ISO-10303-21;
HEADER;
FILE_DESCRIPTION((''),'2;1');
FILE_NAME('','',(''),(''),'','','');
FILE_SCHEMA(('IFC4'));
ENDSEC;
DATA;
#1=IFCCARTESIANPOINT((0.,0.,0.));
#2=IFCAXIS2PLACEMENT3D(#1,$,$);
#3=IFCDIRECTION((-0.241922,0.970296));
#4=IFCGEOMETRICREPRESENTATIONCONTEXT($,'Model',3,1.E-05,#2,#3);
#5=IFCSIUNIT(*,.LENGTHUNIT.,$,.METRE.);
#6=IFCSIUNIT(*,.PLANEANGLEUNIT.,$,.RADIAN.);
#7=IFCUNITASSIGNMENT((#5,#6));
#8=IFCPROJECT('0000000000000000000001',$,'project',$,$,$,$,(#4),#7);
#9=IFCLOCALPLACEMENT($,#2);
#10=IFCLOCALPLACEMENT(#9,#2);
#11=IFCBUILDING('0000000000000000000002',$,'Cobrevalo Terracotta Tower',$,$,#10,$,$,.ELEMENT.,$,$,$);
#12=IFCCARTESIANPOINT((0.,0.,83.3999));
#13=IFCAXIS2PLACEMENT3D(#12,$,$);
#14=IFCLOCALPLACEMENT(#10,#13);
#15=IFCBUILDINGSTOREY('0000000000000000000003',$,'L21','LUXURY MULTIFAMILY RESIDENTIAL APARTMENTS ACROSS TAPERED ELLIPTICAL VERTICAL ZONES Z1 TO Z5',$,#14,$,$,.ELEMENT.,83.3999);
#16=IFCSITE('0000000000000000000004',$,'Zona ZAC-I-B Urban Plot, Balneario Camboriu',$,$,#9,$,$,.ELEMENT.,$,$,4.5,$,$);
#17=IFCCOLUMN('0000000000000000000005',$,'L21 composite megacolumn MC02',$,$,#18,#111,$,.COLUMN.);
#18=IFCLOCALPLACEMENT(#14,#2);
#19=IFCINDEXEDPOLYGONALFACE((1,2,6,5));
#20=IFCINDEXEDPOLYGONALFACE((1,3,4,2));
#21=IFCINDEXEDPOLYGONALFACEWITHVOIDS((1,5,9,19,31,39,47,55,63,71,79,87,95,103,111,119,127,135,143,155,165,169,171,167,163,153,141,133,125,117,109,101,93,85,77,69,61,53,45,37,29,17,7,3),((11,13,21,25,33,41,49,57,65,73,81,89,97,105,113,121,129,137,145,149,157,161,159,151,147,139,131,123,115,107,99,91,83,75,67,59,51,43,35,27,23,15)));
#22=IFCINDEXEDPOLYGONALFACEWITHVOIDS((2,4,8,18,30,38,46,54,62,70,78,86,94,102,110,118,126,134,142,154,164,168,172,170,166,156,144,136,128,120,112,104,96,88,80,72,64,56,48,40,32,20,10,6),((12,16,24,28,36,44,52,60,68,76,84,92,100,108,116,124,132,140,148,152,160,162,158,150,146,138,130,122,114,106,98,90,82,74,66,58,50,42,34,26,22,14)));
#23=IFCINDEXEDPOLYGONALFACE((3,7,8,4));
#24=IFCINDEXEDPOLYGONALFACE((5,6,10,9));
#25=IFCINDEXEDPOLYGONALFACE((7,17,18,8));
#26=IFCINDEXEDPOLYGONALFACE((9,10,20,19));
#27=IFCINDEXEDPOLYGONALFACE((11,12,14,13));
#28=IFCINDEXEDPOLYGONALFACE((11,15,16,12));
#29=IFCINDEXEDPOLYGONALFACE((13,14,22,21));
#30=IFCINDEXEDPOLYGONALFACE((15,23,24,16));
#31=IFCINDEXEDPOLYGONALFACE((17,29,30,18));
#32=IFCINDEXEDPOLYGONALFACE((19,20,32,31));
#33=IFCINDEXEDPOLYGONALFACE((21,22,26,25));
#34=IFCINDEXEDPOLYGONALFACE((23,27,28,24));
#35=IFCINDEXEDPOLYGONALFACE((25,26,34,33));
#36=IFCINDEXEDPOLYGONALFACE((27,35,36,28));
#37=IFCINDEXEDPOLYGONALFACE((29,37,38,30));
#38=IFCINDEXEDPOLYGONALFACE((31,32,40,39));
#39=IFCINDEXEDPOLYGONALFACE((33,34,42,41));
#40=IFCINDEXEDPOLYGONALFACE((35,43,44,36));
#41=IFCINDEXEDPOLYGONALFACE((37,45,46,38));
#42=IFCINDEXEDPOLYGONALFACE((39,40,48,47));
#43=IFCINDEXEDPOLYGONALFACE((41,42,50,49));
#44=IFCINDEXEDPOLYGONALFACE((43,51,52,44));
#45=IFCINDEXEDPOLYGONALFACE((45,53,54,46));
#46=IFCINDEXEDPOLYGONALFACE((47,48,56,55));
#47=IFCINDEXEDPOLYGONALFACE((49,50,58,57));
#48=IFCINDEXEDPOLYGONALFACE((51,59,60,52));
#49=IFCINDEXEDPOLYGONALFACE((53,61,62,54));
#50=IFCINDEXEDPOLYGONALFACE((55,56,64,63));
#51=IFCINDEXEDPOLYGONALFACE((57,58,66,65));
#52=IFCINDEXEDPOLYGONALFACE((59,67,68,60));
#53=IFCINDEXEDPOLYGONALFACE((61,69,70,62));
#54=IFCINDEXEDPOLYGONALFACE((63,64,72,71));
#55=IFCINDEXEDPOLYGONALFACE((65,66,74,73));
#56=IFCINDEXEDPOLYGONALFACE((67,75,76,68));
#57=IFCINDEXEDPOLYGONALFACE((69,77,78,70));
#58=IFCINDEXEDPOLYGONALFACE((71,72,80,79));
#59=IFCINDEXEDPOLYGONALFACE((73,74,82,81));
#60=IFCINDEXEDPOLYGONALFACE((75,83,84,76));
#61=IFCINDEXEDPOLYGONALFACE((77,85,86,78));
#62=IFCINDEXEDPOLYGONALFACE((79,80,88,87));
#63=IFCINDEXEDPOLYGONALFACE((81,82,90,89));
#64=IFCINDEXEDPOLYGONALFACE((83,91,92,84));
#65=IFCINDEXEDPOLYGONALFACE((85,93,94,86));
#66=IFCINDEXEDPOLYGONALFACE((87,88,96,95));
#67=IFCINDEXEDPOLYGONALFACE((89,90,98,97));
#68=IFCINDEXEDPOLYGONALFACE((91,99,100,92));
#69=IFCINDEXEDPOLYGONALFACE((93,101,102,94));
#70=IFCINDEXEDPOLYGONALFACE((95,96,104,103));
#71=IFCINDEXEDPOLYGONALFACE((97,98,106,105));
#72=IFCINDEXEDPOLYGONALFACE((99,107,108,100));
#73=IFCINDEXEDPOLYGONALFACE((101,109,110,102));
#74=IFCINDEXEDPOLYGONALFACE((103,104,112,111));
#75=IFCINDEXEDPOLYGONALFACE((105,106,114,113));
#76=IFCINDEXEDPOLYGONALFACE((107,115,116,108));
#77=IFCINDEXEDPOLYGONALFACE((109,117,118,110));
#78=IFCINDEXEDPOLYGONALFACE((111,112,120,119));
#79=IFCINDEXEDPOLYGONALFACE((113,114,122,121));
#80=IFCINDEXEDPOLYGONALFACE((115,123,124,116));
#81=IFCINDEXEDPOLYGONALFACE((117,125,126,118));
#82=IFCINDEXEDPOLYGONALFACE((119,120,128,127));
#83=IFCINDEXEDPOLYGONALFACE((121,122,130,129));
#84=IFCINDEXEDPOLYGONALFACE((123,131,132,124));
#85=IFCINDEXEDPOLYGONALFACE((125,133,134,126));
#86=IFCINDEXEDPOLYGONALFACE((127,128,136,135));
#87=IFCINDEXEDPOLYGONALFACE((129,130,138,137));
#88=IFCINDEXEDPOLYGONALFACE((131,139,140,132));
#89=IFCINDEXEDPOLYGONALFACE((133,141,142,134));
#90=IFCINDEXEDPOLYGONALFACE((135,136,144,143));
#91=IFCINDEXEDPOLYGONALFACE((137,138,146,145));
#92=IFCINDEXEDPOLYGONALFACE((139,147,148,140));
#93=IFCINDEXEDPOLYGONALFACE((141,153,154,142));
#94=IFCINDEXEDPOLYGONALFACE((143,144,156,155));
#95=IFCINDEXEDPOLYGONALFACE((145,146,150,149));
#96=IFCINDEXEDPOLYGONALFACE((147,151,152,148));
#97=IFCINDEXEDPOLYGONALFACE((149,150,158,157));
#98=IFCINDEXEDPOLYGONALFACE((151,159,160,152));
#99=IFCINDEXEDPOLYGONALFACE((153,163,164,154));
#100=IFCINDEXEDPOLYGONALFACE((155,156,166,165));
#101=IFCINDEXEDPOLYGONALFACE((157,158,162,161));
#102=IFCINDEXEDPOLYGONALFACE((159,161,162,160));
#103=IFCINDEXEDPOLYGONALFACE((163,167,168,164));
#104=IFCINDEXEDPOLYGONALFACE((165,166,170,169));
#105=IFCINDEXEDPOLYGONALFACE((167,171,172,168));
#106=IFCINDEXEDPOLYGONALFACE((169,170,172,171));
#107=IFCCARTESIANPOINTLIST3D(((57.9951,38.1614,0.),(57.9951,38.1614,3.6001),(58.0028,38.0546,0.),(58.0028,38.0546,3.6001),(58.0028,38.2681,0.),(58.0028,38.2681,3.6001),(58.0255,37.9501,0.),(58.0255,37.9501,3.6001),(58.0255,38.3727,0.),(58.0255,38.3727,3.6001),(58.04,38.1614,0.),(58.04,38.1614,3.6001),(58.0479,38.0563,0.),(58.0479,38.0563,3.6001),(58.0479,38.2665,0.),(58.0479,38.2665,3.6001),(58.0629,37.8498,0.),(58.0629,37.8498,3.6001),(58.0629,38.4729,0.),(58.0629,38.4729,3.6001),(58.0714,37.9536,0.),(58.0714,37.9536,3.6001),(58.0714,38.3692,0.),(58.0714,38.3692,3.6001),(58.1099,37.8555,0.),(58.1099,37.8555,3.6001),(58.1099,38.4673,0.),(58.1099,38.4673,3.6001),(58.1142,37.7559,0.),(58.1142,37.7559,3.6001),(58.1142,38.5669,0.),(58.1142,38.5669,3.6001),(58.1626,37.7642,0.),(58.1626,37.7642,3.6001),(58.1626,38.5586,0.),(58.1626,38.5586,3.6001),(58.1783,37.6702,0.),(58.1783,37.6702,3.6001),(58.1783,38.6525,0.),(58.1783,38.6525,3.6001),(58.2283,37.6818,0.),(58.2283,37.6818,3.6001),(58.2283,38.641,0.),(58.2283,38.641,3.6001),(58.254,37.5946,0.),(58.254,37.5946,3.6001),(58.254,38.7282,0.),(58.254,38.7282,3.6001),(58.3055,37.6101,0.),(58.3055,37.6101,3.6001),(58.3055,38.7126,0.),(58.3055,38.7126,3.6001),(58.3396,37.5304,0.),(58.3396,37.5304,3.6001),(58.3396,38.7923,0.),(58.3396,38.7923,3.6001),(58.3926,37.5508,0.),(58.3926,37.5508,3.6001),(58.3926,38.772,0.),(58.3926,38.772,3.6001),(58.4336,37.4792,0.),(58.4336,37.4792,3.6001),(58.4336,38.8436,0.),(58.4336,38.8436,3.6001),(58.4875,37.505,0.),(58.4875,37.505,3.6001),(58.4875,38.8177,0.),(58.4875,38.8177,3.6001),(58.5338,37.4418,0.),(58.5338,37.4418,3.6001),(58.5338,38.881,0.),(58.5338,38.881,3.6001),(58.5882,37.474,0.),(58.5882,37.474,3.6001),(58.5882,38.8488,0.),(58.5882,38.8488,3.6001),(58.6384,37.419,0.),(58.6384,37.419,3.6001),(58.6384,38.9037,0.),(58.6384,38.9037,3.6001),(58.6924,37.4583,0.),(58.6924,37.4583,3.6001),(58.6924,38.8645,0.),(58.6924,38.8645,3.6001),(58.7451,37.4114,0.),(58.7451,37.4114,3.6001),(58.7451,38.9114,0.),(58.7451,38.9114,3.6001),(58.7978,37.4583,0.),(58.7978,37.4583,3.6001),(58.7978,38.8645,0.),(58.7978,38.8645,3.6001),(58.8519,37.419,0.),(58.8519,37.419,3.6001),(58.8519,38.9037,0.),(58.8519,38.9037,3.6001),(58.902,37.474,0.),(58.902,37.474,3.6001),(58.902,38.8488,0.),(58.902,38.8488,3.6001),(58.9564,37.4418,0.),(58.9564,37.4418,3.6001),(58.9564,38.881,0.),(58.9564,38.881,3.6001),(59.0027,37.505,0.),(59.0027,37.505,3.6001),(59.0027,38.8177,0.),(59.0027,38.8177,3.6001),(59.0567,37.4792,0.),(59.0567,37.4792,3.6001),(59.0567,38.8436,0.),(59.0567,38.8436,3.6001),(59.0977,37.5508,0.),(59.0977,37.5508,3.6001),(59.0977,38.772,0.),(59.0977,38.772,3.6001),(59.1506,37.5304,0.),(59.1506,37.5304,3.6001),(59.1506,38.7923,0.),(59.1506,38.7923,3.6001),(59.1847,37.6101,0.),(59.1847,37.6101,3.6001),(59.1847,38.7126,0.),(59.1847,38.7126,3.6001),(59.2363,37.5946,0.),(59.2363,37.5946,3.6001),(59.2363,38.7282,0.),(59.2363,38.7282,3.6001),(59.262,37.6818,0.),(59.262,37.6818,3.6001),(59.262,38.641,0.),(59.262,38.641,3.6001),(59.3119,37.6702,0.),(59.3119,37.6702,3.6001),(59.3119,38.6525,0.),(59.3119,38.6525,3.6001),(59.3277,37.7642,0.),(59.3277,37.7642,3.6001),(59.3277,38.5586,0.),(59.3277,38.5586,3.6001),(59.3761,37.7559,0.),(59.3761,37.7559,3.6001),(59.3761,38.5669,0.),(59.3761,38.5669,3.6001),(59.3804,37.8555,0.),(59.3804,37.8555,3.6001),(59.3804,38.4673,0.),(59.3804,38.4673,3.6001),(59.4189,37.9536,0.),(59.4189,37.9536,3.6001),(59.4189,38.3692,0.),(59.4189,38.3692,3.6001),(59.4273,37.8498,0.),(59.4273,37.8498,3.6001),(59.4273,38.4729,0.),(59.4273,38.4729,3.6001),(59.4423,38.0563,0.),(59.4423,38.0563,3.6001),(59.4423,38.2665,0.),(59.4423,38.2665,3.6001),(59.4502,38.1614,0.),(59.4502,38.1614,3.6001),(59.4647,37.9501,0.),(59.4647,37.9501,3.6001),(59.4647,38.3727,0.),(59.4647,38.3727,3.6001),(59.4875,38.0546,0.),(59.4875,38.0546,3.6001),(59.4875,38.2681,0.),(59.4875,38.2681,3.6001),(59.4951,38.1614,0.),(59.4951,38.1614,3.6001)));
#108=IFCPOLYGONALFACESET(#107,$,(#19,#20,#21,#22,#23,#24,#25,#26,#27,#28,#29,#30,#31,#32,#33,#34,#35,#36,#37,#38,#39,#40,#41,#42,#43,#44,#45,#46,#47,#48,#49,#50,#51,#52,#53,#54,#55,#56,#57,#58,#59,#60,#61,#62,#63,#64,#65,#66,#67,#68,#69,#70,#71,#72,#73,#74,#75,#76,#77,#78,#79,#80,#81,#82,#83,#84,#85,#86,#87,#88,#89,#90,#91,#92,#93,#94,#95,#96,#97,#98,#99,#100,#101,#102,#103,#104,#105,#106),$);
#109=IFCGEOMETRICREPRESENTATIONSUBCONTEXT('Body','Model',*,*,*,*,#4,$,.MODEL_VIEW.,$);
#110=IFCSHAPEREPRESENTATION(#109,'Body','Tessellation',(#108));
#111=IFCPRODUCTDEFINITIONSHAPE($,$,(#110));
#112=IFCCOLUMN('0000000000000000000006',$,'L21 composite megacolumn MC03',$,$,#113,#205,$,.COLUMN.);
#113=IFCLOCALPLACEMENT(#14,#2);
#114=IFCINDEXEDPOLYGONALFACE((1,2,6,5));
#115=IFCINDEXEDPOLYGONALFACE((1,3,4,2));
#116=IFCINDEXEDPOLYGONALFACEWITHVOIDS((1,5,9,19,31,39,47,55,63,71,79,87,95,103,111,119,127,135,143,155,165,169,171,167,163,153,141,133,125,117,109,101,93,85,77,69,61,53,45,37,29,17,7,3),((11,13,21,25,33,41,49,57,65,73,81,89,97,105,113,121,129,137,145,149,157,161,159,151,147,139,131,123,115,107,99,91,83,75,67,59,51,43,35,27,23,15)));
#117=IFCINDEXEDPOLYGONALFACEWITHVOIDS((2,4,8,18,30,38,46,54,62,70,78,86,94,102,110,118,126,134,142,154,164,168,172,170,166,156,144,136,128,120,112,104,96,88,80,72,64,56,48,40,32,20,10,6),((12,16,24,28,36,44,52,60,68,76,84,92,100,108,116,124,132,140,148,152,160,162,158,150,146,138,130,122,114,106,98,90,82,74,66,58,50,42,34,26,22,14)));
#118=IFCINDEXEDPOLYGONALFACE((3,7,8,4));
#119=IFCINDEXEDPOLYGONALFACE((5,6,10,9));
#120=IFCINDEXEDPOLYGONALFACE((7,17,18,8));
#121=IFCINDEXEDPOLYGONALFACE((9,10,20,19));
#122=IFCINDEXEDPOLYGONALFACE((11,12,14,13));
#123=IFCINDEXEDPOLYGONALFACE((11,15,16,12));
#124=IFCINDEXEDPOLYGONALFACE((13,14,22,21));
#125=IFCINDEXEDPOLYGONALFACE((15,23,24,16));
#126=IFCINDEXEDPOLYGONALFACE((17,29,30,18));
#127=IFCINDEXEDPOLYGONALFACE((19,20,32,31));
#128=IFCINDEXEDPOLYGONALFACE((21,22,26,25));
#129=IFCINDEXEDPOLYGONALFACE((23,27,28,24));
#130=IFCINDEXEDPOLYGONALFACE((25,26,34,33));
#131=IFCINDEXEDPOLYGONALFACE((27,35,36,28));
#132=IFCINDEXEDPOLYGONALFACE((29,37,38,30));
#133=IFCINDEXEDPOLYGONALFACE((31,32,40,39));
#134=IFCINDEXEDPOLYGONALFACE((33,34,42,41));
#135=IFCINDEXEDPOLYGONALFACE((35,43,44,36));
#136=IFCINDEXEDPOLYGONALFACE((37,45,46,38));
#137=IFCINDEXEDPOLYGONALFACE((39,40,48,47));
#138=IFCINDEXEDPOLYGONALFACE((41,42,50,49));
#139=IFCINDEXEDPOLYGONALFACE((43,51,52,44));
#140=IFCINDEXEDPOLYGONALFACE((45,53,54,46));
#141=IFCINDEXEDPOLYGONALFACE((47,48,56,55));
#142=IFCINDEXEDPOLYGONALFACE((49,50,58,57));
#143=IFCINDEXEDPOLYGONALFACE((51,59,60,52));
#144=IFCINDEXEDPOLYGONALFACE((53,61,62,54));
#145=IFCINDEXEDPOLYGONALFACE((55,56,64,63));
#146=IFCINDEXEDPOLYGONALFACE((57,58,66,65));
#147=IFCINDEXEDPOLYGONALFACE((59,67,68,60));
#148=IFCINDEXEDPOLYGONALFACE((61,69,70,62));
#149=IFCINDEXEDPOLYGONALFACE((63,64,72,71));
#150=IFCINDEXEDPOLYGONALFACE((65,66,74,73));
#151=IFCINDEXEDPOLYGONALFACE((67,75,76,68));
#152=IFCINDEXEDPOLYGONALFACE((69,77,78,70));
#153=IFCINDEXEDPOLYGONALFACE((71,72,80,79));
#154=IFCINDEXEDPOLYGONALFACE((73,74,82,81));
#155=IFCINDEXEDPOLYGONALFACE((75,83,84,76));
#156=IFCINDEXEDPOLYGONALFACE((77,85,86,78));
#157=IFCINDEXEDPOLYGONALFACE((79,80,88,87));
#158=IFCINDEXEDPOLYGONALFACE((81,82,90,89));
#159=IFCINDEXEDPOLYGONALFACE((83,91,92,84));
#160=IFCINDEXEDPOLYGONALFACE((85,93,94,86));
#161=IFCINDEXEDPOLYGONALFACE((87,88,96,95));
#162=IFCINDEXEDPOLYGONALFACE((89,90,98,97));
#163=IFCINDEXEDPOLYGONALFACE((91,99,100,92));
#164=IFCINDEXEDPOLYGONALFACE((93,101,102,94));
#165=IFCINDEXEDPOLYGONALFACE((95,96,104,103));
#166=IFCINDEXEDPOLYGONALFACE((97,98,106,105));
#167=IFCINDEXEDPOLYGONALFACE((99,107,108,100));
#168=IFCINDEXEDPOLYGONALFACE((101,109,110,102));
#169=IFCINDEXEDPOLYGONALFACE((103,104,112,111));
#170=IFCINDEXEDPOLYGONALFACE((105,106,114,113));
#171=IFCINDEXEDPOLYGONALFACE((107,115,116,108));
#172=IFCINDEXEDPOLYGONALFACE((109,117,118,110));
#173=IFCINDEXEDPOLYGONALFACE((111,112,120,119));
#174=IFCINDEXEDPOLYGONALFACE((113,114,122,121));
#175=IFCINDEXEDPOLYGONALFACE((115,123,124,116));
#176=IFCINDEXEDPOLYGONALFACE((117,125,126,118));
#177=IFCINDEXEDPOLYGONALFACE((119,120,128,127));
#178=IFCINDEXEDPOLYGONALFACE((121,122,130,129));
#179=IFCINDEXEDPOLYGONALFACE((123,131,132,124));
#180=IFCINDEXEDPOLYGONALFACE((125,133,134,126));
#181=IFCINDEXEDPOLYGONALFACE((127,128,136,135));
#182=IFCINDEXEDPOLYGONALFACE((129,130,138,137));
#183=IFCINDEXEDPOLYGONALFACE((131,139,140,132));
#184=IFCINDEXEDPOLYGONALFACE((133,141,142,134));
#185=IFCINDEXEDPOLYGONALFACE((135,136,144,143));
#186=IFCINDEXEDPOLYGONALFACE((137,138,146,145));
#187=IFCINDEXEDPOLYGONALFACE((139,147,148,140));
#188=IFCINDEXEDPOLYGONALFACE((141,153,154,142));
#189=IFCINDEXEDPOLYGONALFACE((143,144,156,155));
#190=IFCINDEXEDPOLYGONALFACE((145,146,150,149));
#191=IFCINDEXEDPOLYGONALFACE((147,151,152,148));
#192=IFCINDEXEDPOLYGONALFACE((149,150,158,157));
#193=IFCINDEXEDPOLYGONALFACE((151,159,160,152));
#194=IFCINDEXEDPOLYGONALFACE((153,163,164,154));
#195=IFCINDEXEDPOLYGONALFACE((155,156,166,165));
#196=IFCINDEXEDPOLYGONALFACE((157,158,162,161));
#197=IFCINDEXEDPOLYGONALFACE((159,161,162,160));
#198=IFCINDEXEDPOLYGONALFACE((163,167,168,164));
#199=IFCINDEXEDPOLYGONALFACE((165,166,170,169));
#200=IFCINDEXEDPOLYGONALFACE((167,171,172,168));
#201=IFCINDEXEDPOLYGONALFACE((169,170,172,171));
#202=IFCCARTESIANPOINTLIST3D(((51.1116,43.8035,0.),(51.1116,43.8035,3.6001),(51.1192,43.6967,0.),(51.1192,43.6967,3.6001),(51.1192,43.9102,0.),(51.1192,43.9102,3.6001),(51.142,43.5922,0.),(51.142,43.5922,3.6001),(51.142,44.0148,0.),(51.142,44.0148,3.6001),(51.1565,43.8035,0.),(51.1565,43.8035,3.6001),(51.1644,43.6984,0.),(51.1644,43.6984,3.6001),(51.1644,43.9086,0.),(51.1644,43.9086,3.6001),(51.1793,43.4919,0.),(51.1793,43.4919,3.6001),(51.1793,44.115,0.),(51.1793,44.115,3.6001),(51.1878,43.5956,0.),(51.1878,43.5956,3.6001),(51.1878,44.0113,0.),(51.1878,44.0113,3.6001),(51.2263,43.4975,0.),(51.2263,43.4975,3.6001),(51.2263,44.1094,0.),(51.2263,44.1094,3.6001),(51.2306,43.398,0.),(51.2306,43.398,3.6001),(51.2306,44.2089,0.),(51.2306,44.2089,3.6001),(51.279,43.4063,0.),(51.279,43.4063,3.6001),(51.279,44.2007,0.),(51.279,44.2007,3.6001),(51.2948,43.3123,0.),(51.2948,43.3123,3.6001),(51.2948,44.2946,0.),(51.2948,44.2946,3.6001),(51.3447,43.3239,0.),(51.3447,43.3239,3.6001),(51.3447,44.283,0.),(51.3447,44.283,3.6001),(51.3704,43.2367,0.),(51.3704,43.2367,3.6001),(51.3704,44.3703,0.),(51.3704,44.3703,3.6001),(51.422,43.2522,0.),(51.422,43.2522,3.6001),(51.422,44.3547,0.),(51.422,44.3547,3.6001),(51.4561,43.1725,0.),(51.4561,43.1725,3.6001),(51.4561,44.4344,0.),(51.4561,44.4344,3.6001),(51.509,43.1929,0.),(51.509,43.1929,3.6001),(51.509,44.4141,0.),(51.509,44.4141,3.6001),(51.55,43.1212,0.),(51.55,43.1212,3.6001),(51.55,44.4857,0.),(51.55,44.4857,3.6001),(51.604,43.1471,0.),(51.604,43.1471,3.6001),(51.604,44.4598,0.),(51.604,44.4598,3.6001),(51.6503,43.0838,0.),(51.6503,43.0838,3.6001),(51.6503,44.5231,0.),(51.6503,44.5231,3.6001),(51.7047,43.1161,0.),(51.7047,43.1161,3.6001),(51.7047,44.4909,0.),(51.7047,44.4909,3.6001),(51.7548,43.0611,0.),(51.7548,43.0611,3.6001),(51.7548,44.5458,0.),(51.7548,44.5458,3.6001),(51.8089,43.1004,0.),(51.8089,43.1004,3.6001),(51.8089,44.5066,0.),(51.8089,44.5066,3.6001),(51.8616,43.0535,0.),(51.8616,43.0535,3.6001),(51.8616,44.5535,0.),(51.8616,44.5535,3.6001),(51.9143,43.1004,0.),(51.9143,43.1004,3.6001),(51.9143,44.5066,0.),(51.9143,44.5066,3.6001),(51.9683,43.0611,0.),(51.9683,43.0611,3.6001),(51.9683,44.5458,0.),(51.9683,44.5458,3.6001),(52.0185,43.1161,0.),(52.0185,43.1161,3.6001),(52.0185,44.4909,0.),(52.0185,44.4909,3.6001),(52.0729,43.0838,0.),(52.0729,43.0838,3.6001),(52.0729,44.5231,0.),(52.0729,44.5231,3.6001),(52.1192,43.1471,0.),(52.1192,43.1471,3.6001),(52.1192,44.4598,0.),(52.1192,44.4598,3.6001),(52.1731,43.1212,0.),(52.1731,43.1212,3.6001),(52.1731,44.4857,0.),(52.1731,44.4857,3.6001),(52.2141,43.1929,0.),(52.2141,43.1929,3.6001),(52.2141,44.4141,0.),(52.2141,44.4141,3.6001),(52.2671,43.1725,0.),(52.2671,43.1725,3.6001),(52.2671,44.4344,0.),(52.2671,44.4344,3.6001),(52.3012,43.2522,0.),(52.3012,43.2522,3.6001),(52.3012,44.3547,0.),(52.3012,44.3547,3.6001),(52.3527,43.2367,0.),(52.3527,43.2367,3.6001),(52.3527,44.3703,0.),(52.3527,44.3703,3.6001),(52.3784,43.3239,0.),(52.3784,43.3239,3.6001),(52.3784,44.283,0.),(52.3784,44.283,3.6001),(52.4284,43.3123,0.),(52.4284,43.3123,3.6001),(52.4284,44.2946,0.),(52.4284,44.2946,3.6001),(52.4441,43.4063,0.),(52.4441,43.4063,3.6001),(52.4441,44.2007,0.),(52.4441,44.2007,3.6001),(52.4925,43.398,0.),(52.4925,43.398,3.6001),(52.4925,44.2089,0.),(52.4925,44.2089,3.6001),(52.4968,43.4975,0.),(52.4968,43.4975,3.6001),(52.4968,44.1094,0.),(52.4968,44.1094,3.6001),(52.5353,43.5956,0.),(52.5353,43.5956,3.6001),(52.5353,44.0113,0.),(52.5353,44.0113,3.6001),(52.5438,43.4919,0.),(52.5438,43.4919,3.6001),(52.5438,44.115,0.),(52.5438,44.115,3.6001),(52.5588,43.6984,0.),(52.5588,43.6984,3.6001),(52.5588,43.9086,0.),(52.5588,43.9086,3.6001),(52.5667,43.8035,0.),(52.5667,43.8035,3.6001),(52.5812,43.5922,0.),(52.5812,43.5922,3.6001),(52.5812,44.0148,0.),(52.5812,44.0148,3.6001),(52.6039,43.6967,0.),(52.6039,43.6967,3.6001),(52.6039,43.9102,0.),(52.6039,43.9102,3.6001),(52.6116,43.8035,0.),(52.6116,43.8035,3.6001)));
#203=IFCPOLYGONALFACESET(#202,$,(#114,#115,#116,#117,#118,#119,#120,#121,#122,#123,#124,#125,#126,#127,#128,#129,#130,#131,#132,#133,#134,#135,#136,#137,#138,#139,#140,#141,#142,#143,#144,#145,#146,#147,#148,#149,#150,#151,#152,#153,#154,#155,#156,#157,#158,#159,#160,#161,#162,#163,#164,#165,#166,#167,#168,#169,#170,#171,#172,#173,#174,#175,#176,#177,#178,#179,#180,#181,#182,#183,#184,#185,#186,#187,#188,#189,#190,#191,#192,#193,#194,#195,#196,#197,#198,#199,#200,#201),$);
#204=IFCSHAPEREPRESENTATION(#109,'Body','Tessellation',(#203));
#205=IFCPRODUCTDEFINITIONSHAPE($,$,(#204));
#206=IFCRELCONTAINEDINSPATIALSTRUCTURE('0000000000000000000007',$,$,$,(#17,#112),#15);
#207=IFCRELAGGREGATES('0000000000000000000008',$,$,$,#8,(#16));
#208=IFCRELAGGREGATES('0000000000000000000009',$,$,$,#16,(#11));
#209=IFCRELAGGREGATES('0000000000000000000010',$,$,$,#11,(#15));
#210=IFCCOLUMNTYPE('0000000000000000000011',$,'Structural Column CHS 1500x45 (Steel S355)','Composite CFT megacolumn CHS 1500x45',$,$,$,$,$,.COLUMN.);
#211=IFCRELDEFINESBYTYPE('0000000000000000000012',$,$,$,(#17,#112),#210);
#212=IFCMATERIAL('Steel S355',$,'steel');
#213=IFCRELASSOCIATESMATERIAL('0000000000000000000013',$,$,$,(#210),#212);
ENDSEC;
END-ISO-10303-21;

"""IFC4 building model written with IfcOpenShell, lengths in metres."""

from ifc_helpers import new_model, si_unit, direction, frame, origin, origin_2d, place, context, subcontext, project, spatial, hollow_circle, extrude, material, material_profile, profile_set, type_object, element, save


model = new_model("IFC4")

# Units and contexts
model_context = context("Model", 3, precision=1e-05, world=origin(), true_north=direction((-0.241922, 0.970296)))
body_context = subcontext(model_context, "Body", "Model", "MODEL_VIEW")
ifc_project = project(units=[si_unit("LENGTHUNIT", "METRE"), si_unit("PLANEANGLEUNIT", "RADIAN")], contexts=[model_context])

# Site, building, storey
site_placement = place(None, origin())
site = spatial("IfcSite", under=ifc_project, at=site_placement, Name="Zona ZAC-I-B Urban Plot, Balneario Camboriu", CompositionType="ELEMENT", RefElevation=4.5)
building_placement = place(site_placement, origin())
building = spatial("IfcBuilding", under=site, at=building_placement, Name="Cobrevalo Terracotta Tower", CompositionType="ELEMENT")
storey_placement = place(building_placement, frame((0.0, 0.0, 83.3999)))
storey = spatial("IfcBuildingStorey", under=building, at=storey_placement, Name="L21", Description="LUXURY MULTIFAMILY RESIDENTIAL APARTMENTS ACROSS TAPERED ELLIPTICAL VERTICAL ZONES Z1 TO Z5", CompositionType="ELEMENT", Elevation=83.3999)

# Columns
ifc_material_1 = material(Name="Steel S355", Category="steel")
ifc_material_profile_1 = material_profile(ifc_material_1, hollow_circle(Radius=0.75, WallThickness=0.0449, at=origin_2d()), Name="CHS 1500x45")
ifc_profile_set_1 = profile_set([ifc_material_profile_1], Name="Steel S355")
column_type = type_object("IfcColumnType", Name="Structural Column CHS 1500x45 (Steel S355)", Description="Composite CFT megacolumn CHS 1500x45", PredefinedType="COLUMN", material=ifc_profile_set_1)
for number, where, z_axis, x_axis, name in (
    (1, (58.7451, 38.1614, 0.0), (0.0, 0.0, 1.0), (1.0, 0.0, 0.0), "L21 composite megacolumn MC02"),
    (2, (51.8616, 43.8035, 0.0), (0.0, 0.0, 1.0), (1.0, 0.0, 0.0), "L21 composite megacolumn MC03"),
):
    element("IfcColumn", number, at=place(storey_placement, frame(where, z_axis=z_axis, x_axis=x_axis)), inside=storey, type_object=column_type, Name=name, PredefinedType="COLUMN", context=body_context, shape_type="SweptSolid", body=[
        extrude(hollow_circle(Radius=0.75, WallThickness=0.0449, at=origin_2d()), origin(), (0.0, 0.0, 1.0), 3.6001),
    ])

save(model, "model.ifc")
